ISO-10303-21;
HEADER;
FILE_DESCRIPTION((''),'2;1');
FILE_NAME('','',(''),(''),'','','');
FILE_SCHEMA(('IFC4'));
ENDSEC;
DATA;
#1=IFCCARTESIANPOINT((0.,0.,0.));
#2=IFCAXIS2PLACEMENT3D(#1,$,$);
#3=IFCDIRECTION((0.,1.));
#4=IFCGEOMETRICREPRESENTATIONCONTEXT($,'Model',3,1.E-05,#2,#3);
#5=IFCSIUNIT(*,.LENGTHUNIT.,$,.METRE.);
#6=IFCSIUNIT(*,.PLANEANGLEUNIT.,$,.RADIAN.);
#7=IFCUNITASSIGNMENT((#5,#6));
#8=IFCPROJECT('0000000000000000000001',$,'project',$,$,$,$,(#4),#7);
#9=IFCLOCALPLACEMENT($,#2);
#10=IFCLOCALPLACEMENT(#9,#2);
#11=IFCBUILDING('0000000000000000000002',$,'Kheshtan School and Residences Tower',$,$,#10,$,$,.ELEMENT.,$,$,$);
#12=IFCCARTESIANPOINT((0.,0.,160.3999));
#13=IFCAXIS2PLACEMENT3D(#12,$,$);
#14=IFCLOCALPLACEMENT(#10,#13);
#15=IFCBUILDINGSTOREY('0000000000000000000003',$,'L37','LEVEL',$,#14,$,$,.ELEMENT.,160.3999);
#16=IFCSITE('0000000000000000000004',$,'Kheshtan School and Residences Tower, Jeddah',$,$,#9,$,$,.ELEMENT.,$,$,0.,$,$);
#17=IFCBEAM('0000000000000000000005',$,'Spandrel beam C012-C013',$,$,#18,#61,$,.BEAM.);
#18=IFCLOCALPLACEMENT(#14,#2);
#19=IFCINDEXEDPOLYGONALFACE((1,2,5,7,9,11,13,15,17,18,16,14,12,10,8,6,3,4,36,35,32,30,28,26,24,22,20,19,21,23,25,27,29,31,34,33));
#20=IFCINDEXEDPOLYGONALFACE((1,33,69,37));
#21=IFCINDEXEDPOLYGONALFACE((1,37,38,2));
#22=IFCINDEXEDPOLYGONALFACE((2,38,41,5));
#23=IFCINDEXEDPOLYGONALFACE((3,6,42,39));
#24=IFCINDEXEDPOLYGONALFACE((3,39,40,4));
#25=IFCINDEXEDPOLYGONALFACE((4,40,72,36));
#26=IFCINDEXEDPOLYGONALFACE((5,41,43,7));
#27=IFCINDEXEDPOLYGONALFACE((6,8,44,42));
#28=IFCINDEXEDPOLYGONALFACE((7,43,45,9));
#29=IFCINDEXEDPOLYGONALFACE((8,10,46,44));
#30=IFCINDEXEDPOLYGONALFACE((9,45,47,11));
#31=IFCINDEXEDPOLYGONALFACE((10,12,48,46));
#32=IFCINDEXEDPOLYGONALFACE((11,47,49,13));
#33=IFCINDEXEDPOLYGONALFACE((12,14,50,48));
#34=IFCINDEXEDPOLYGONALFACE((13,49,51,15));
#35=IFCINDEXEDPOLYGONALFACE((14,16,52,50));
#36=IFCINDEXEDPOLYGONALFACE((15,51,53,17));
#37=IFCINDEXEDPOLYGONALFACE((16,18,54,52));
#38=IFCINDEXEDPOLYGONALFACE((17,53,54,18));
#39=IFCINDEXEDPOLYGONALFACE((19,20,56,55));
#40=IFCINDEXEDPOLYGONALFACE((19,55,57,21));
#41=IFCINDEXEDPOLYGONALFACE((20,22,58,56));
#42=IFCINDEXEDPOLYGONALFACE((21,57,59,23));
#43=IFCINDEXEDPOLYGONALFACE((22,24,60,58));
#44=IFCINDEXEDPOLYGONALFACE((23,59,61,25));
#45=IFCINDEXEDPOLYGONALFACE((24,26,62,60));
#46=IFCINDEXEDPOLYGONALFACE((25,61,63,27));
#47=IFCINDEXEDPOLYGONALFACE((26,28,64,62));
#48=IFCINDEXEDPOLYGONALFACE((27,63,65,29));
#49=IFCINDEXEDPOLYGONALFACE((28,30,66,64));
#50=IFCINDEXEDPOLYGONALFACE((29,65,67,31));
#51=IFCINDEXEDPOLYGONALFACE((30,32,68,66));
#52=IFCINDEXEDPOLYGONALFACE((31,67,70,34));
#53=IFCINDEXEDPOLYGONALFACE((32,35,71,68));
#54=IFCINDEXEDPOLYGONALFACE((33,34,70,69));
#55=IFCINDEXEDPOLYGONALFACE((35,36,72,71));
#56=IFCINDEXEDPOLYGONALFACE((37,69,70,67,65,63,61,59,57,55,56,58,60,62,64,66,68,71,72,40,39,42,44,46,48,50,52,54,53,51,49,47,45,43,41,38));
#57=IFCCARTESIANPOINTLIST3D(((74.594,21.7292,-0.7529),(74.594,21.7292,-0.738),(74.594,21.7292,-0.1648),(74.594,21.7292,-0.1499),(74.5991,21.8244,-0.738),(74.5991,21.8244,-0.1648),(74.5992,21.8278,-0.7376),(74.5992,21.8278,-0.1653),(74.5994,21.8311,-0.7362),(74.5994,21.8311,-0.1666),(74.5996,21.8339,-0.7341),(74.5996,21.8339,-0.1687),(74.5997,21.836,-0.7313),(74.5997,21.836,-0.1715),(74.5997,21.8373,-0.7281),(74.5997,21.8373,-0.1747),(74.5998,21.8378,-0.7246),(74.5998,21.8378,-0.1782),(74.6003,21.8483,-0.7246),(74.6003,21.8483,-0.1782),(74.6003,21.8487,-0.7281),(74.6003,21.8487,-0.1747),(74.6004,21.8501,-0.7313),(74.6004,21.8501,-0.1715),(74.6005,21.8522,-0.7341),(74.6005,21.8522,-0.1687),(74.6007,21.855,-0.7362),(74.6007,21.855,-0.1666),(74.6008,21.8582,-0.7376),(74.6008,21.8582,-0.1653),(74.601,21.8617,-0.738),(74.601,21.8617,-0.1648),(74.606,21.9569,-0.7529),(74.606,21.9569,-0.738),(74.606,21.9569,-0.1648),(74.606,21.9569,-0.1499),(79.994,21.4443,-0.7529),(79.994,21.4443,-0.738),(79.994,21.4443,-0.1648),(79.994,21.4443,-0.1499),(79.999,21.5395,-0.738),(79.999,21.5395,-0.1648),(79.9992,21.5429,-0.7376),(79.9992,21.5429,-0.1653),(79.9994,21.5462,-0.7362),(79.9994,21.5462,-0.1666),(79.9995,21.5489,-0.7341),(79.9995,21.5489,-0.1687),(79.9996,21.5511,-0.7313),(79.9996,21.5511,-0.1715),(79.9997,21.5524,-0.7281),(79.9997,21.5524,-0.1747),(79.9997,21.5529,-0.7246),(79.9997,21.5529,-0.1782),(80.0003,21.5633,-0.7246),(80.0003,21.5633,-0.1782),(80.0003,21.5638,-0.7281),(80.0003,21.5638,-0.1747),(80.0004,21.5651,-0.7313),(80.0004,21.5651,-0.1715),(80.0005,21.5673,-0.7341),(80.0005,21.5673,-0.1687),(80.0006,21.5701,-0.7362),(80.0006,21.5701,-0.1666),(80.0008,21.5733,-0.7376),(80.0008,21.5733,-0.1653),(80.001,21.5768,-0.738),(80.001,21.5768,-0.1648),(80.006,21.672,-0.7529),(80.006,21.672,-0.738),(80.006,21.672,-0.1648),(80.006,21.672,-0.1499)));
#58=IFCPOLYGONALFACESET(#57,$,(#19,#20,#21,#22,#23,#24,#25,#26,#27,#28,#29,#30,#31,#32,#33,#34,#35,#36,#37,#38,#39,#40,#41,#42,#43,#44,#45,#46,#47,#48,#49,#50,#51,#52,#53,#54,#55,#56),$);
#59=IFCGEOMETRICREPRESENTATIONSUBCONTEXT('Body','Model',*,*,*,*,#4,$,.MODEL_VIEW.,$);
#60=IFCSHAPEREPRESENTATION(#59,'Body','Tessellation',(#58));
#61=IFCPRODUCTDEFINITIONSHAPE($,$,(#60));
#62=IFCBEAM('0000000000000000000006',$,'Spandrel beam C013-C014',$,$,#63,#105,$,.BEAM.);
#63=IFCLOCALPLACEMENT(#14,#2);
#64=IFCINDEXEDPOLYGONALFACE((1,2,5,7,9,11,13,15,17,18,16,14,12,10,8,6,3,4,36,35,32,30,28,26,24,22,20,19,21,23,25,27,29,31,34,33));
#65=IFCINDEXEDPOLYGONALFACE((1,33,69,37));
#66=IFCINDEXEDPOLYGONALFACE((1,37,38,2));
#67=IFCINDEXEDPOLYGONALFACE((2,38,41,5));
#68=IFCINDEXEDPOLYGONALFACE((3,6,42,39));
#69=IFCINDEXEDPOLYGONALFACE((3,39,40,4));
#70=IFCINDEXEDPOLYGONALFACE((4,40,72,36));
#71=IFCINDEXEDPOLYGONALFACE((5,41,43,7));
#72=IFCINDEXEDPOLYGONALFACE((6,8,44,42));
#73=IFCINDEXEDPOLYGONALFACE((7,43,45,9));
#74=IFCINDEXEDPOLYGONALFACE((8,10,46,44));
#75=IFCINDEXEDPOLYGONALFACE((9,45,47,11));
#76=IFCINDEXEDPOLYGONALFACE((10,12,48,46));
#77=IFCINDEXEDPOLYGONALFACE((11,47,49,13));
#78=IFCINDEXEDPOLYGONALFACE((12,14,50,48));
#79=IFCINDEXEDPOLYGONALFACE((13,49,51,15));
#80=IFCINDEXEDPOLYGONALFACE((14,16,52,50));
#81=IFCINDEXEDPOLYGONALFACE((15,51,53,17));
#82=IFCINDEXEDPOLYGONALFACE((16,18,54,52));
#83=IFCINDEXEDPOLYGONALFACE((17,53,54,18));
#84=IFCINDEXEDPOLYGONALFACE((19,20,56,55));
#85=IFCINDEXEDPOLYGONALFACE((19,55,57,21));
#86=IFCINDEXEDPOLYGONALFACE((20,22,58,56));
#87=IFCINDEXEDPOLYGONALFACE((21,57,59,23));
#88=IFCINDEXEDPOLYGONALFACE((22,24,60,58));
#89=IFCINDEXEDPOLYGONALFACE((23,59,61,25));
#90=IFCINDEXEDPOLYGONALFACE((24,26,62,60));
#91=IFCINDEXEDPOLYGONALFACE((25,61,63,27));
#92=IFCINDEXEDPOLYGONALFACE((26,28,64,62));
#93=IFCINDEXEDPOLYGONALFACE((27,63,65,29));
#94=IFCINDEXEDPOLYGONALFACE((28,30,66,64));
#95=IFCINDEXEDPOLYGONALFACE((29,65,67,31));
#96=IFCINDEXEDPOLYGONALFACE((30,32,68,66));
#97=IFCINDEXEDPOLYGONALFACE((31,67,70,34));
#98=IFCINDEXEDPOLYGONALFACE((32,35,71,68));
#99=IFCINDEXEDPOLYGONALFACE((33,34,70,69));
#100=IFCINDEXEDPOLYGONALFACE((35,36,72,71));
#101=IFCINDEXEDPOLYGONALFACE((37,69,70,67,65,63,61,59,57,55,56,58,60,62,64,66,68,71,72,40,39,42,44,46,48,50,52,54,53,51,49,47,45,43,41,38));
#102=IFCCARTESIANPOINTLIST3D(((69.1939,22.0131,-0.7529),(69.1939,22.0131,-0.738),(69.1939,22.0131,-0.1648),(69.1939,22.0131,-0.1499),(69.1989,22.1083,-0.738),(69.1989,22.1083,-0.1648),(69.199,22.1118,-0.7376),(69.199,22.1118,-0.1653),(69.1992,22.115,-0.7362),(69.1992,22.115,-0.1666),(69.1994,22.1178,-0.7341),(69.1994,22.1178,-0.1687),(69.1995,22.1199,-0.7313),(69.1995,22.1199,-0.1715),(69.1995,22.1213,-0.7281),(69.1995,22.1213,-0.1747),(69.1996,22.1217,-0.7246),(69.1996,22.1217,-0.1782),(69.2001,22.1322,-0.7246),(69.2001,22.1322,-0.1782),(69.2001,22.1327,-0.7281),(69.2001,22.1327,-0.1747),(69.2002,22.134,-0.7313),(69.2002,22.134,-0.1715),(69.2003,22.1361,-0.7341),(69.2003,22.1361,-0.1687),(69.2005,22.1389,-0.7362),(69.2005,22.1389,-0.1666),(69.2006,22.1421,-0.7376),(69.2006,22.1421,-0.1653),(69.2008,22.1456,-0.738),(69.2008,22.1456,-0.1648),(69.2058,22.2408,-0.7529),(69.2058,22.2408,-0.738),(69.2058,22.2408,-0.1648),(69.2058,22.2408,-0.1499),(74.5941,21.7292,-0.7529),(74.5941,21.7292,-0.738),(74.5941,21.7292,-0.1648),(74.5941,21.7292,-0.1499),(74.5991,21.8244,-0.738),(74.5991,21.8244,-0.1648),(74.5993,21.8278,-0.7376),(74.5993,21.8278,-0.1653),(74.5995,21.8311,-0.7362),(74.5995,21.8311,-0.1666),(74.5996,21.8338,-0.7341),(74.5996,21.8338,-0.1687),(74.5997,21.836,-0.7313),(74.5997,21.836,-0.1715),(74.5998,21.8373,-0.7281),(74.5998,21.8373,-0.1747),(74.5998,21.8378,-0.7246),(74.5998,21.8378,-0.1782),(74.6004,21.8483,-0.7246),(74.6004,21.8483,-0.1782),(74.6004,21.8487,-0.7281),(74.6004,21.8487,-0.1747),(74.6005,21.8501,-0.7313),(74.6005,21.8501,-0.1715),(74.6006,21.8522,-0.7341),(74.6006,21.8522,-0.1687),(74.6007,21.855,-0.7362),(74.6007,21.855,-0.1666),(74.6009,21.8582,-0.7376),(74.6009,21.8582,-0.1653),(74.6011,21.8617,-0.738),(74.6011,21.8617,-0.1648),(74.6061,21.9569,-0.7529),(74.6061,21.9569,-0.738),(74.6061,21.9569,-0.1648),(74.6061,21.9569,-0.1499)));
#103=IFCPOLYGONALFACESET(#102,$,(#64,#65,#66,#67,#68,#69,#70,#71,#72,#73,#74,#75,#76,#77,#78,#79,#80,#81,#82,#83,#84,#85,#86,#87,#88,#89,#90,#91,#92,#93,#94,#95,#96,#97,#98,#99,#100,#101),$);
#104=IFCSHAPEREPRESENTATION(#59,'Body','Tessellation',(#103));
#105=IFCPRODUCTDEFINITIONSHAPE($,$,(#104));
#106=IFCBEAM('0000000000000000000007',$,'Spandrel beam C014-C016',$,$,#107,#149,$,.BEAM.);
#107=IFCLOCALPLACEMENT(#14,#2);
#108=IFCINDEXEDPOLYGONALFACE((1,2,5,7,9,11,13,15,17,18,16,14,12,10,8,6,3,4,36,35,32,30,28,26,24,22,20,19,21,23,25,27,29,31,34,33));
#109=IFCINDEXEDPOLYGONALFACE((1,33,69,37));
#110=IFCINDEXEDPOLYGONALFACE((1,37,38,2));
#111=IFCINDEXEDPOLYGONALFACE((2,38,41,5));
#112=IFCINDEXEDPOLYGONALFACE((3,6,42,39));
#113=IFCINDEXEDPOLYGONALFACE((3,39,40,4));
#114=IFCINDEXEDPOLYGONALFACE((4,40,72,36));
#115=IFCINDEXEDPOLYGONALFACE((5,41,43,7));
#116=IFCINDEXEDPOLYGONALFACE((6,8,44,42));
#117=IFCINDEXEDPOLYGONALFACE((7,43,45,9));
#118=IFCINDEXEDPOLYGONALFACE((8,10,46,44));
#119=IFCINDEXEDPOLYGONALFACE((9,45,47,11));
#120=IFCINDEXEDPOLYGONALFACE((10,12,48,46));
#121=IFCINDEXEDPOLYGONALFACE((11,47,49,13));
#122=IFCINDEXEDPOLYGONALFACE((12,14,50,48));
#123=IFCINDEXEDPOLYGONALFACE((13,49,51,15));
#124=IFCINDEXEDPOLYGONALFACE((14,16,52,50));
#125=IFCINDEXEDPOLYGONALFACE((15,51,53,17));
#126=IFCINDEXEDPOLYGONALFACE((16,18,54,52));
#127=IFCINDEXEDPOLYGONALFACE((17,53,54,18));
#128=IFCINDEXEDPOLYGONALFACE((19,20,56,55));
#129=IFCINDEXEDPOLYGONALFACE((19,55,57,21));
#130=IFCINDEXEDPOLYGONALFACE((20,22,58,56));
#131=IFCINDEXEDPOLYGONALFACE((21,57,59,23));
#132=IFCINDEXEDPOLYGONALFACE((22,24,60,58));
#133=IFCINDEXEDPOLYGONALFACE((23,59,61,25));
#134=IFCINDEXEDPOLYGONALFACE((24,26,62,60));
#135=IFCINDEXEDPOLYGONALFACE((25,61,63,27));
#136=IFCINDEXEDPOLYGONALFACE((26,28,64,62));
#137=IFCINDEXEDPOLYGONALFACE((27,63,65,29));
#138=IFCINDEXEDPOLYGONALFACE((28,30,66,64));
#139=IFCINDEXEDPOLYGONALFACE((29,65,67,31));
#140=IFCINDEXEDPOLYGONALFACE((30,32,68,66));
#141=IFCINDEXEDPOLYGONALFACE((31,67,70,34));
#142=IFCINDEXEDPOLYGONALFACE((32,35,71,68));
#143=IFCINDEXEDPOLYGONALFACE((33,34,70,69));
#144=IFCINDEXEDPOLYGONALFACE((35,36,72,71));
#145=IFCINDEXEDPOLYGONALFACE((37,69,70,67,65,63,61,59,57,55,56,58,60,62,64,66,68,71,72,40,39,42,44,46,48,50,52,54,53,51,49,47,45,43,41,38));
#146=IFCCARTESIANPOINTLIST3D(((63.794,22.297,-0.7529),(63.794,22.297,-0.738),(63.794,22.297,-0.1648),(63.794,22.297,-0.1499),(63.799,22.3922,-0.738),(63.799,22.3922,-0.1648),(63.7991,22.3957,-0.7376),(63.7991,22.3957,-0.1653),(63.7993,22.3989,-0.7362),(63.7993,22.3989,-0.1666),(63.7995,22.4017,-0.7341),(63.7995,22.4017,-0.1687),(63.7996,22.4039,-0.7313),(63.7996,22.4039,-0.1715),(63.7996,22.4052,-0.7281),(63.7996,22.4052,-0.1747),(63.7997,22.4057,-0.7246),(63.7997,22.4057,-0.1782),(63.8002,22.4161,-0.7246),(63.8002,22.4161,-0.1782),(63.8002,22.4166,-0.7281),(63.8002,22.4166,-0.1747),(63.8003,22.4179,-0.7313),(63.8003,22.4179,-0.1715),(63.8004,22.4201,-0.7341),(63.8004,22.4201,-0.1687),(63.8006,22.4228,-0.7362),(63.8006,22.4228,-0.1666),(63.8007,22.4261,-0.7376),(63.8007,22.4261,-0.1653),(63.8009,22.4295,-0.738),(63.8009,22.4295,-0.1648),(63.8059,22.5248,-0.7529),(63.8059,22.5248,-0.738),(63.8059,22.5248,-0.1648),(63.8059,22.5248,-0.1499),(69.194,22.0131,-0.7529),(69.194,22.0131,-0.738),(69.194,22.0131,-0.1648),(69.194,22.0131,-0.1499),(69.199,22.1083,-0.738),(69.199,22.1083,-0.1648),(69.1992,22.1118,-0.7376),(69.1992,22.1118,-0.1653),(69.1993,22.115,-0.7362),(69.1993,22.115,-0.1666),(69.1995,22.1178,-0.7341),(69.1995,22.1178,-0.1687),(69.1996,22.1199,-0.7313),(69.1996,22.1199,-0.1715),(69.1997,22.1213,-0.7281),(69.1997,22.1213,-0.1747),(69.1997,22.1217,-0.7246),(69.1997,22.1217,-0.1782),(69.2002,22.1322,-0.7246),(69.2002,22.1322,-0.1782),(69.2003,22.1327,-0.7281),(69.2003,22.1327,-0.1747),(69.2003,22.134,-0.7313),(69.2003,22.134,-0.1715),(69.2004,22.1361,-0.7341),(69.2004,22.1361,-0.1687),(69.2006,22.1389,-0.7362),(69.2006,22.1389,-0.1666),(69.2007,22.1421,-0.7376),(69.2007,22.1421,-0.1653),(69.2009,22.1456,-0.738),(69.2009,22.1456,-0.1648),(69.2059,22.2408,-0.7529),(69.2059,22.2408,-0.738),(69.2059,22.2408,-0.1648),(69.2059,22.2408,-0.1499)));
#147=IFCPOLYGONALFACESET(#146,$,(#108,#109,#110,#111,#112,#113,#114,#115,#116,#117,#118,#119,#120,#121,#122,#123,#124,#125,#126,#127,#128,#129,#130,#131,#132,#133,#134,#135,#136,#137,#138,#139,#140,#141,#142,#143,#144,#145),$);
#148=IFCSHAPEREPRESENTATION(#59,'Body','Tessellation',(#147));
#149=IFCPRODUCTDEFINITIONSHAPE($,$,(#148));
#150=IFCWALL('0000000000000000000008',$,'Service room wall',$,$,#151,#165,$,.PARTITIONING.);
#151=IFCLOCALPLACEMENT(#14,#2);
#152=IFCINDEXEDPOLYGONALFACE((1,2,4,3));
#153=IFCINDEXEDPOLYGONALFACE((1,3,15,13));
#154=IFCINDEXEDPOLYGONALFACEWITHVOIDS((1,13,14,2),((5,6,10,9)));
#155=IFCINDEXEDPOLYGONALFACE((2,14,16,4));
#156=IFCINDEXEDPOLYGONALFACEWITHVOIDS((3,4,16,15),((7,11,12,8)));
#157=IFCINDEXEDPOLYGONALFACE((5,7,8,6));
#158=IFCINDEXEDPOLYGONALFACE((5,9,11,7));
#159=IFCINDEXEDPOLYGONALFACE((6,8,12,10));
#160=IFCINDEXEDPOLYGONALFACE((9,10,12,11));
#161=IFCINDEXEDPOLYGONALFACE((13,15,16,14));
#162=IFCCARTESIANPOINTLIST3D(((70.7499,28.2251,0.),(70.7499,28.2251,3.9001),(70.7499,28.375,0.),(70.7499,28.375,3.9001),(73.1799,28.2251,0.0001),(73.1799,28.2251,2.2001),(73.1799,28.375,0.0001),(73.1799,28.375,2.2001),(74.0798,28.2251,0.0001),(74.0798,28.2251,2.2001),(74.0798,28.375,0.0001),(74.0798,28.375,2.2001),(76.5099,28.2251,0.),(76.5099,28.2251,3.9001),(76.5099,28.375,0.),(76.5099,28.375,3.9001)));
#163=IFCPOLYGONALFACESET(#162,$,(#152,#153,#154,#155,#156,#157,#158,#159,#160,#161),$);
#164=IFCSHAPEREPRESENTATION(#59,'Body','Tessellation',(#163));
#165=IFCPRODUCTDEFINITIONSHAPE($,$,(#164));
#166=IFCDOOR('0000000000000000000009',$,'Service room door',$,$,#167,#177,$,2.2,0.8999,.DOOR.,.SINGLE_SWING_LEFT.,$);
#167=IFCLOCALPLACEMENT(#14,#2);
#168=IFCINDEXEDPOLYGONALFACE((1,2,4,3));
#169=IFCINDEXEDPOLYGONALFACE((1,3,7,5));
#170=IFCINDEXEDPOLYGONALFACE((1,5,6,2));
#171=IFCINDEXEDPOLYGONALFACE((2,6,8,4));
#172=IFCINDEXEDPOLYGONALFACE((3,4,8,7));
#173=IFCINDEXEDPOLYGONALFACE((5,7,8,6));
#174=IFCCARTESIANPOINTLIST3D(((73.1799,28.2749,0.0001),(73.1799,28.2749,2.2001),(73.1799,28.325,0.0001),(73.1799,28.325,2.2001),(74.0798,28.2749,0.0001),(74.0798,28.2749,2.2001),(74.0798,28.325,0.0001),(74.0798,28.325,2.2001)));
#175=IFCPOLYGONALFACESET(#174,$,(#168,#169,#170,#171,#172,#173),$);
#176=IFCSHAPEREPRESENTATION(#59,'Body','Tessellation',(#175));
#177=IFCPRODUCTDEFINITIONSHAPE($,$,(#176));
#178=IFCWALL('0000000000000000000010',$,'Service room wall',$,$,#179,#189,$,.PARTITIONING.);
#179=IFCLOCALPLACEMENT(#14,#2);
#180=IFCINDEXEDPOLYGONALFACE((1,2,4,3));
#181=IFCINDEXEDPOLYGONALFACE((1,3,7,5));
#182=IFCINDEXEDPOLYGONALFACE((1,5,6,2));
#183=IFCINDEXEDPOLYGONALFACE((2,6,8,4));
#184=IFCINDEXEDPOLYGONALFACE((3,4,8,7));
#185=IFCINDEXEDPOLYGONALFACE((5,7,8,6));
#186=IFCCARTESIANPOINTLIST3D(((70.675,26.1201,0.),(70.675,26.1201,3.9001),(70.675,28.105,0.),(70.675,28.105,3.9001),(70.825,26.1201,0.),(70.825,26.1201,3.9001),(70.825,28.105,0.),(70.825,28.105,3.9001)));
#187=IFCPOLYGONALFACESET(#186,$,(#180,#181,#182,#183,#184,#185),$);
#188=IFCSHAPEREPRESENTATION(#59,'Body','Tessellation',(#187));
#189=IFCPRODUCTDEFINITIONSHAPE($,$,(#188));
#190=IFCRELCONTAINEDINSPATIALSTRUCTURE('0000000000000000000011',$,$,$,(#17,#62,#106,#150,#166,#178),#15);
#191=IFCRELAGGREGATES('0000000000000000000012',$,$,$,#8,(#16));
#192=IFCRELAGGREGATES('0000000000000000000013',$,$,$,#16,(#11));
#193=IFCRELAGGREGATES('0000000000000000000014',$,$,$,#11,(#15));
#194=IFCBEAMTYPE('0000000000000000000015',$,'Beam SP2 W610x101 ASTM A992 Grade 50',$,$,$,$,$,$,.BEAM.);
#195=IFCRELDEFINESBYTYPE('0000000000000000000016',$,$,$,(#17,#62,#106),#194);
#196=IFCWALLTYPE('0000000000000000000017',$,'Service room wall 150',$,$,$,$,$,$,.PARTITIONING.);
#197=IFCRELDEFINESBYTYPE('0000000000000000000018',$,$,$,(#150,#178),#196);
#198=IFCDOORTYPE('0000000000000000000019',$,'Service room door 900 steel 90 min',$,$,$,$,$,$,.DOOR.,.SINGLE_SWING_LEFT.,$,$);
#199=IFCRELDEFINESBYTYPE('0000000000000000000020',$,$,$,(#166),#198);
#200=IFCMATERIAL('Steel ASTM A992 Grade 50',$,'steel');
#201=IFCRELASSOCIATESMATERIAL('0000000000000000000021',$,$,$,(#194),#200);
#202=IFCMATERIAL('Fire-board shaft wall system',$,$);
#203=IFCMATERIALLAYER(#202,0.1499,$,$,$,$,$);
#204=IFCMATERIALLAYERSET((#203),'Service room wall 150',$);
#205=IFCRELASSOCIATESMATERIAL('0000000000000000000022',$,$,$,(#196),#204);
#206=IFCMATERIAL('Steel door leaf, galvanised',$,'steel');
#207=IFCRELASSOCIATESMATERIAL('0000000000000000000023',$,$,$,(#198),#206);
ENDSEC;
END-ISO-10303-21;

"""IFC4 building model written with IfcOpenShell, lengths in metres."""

from ifc_helpers import new_model, si_unit, direction, frame, frame_2d, origin, origin_2d, place, context, subcontext, project, spatial, rectangle, i_section, extrude, source, transform, mapped, material, layer, layer_set, material_profile, profile_set, type_object, element, fill, save


model = new_model("IFC4")

# Units and contexts
model_context = context("Model", 3, precision=1e-05, world=origin(), true_north=direction((0.0, 1.0)))
body_context = subcontext(model_context, "Body", "Model", "MODEL_VIEW")
ifc_project = project(units=[si_unit("LENGTHUNIT", "METRE"), si_unit("PLANEANGLEUNIT", "RADIAN")], contexts=[model_context])

# Site, building, storey
site_placement = place(None, origin())
site = spatial("IfcSite", under=ifc_project, at=site_placement, Name="Kheshtan School and Residences Tower, Jeddah", CompositionType="ELEMENT", RefElevation=0.0)
building_placement = place(site_placement, origin())
building = spatial("IfcBuilding", under=site, at=building_placement, Name="Kheshtan School and Residences Tower", CompositionType="ELEMENT")
storey_placement = place(building_placement, frame((0.0, 0.0, 160.3999)))
storey = spatial("IfcBuildingStorey", under=building, at=storey_placement, Name="L37", Description="LEVEL", CompositionType="ELEMENT", Elevation=160.3999)

# Shared definitions
ifc_material_1 = material(Name="Steel ASTM A992 Grade 50", Category="steel")

# Beams
ifc_material_profile_1 = material_profile(ifc_material_1, i_section(OverallWidth=0.228, OverallDepth=0.603, WebThickness=0.0105, FlangeThickness=0.0149, FilletRadius=0.0134, at=origin_2d()), Name="W610x101")
ifc_profile_set_1 = profile_set([ifc_material_profile_1], Name="Steel ASTM A992 Grade 50")
beam_type_1 = type_object("IfcBeamType", Name="Beam SP2 W610x101 ASTM A992 Grade 50", PredefinedType="BEAM", material=ifc_profile_set_1)
beam_1_placement = place(storey_placement, frame((80.0, 21.5581, -0.4514), z_axis=(-0.998611, 0.052689, 0.0), x_axis=(-0.052689, -0.998611, 0.0)))
element("IfcBeam", 1, at=beam_1_placement, inside=storey, type_object=beam_type_1, Name="Spandrel beam C012-C013", PredefinedType="BEAM", context=body_context, shape_type="SweptSolid", body=[
    extrude(i_section(OverallWidth=0.228, OverallDepth=0.603, WebThickness=0.0105, FlangeThickness=0.0149, FilletRadius=0.0134, at=origin_2d()), origin(), (0.0, 0.0, 1.0), 5.4075),
])
beam_2_placement = place(storey_placement, frame((74.6001, 21.843, -0.4514), z_axis=(-0.998621, 0.052507, 0.0), x_axis=(-0.052507, -0.998621, 0.0)))
element("IfcBeam", 2, at=beam_2_placement, inside=storey, type_object=beam_type_1, Name="Spandrel beam C013-C014", PredefinedType="BEAM", context=body_context, shape_type="SweptSolid", body=[
    extrude(i_section(OverallWidth=0.228, OverallDepth=0.603, WebThickness=0.0105, FlangeThickness=0.0149, FilletRadius=0.0134, at=origin_2d()), origin(), (0.0, 0.0, 1.0), 5.4077),
])
beam_3_placement = place(storey_placement, frame((69.2, 22.127, -0.4514), z_axis=(-0.99862, 0.052509, 0.0), x_axis=(-0.052509, -0.99862, 0.0)))
element("IfcBeam", 3, at=beam_3_placement, inside=storey, type_object=beam_type_1, Name="Spandrel beam C014-C016", PredefinedType="BEAM", context=body_context, shape_type="SweptSolid", body=[
    extrude(i_section(OverallWidth=0.228, OverallDepth=0.603, WebThickness=0.0105, FlangeThickness=0.0149, FilletRadius=0.0134, at=origin_2d()), origin(), (0.0, 0.0, 1.0), 5.4075),
])

# Wall, opening, door
ifc_material_2 = material(Name="Fire-board shaft wall system")
ifc_layer_1 = layer(ifc_material_2, 0.1499)
ifc_layer_set_1 = layer_set([ifc_layer_1], Name="Service room wall 150")
wall_type_1 = type_object("IfcWallType", Name="Service room wall 150", PredefinedType="PARTITIONING", material=ifc_layer_set_1)
wall_1_placement = place(storey_placement, frame((70.75, 28.3, 0.0), z_axis=(0.0, 0.0, 1.0), x_axis=(1.0, 0.0, 0.0)))
wall_1 = element("IfcWall", 4, at=wall_1_placement, inside=storey, type_object=wall_type_1, Name="Service room wall", PredefinedType="PARTITIONING", context=body_context, shape_type="SweptSolid", body=[
    extrude(rectangle(XDim=5.76, YDim=0.1499, at=frame_2d((2.8799, 0.0))), origin(), (0.0, 0.0, 1.0), 3.9001),
])
opening_1_placement = place(wall_1_placement, frame((2.4299, 0.0, 0.0)))
opening_1 = element("IfcOpeningElement", 5, at=opening_1_placement, cuts=wall_1, PredefinedType="OPENING", context=body_context, shape_type="SweptSolid", body=[
    extrude(rectangle(XDim=0.8999, YDim=2.2, at=frame_2d((0.45, 1.1001))), frame((0.0, 0.085, 0.0), z_axis=(0.0, -1.0, 0.0), x_axis=(1.0, 0.0, 0.0)), (0.0, 0.0, 1.0), 0.1699),
])
ifc_material_3 = material(Name="Steel door leaf, galvanised", Category="steel")
door_type_1 = type_object("IfcDoorType", Name="Service room door 900 steel 90 min", OperationType="SINGLE_SWING_LEFT", PredefinedType="DOOR", material=ifc_material_3)
shared_shape_1 = source(origin(), body_context, "Body", "SweptSolid", [
    extrude(rectangle(XDim=0.8999, YDim=2.2, at=frame_2d((0.45, 1.1001))), frame((0.0, 0.0249, 0.0), z_axis=(0.0, -1.0, 0.0), x_axis=(1.0, 0.0, 0.0)), (0.0, 0.0, 1.0), 0.05),
])
door_1_placement = place(opening_1_placement, origin())
door_1 = element("IfcDoor", 6, at=door_1_placement, inside=storey, type_object=door_type_1, Name="Service room door", OperationType="SINGLE_SWING_LEFT", OverallHeight=2.2, OverallWidth=0.8999, PredefinedType="DOOR", context=body_context, shape_type="MappedRepresentation", body=[
    mapped(shared_shape_1, transform((0.0, 0.0, 0.0), x_axis=(1.0, 0.0, 0.0), y_axis=(0.0, 1.0, 0.0), z_axis=(0.0, 0.0, 1.0), scale=1.0)),
])
fill(opening_1, door_1)

# Wall
for number, where, z_axis, x_axis, name in (
    (7, (70.75, 26.1201, 0.0), (0.0, 0.0, 1.0), (0.0, 1.0, 0.0), "Service room wall"),
):
    element("IfcWall", number, at=place(storey_placement, frame(where, z_axis=z_axis, x_axis=x_axis)), inside=storey, type_object=wall_type_1, Name=name, PredefinedType="PARTITIONING", context=body_context, shape_type="SweptSolid", body=[
        extrude(rectangle(XDim=1.9849, YDim=0.1499, at=frame_2d((0.9924, 0.0))), origin(), (0.0, 0.0, 1.0), 3.9001),
    ])

save(model, "model.ifc")
